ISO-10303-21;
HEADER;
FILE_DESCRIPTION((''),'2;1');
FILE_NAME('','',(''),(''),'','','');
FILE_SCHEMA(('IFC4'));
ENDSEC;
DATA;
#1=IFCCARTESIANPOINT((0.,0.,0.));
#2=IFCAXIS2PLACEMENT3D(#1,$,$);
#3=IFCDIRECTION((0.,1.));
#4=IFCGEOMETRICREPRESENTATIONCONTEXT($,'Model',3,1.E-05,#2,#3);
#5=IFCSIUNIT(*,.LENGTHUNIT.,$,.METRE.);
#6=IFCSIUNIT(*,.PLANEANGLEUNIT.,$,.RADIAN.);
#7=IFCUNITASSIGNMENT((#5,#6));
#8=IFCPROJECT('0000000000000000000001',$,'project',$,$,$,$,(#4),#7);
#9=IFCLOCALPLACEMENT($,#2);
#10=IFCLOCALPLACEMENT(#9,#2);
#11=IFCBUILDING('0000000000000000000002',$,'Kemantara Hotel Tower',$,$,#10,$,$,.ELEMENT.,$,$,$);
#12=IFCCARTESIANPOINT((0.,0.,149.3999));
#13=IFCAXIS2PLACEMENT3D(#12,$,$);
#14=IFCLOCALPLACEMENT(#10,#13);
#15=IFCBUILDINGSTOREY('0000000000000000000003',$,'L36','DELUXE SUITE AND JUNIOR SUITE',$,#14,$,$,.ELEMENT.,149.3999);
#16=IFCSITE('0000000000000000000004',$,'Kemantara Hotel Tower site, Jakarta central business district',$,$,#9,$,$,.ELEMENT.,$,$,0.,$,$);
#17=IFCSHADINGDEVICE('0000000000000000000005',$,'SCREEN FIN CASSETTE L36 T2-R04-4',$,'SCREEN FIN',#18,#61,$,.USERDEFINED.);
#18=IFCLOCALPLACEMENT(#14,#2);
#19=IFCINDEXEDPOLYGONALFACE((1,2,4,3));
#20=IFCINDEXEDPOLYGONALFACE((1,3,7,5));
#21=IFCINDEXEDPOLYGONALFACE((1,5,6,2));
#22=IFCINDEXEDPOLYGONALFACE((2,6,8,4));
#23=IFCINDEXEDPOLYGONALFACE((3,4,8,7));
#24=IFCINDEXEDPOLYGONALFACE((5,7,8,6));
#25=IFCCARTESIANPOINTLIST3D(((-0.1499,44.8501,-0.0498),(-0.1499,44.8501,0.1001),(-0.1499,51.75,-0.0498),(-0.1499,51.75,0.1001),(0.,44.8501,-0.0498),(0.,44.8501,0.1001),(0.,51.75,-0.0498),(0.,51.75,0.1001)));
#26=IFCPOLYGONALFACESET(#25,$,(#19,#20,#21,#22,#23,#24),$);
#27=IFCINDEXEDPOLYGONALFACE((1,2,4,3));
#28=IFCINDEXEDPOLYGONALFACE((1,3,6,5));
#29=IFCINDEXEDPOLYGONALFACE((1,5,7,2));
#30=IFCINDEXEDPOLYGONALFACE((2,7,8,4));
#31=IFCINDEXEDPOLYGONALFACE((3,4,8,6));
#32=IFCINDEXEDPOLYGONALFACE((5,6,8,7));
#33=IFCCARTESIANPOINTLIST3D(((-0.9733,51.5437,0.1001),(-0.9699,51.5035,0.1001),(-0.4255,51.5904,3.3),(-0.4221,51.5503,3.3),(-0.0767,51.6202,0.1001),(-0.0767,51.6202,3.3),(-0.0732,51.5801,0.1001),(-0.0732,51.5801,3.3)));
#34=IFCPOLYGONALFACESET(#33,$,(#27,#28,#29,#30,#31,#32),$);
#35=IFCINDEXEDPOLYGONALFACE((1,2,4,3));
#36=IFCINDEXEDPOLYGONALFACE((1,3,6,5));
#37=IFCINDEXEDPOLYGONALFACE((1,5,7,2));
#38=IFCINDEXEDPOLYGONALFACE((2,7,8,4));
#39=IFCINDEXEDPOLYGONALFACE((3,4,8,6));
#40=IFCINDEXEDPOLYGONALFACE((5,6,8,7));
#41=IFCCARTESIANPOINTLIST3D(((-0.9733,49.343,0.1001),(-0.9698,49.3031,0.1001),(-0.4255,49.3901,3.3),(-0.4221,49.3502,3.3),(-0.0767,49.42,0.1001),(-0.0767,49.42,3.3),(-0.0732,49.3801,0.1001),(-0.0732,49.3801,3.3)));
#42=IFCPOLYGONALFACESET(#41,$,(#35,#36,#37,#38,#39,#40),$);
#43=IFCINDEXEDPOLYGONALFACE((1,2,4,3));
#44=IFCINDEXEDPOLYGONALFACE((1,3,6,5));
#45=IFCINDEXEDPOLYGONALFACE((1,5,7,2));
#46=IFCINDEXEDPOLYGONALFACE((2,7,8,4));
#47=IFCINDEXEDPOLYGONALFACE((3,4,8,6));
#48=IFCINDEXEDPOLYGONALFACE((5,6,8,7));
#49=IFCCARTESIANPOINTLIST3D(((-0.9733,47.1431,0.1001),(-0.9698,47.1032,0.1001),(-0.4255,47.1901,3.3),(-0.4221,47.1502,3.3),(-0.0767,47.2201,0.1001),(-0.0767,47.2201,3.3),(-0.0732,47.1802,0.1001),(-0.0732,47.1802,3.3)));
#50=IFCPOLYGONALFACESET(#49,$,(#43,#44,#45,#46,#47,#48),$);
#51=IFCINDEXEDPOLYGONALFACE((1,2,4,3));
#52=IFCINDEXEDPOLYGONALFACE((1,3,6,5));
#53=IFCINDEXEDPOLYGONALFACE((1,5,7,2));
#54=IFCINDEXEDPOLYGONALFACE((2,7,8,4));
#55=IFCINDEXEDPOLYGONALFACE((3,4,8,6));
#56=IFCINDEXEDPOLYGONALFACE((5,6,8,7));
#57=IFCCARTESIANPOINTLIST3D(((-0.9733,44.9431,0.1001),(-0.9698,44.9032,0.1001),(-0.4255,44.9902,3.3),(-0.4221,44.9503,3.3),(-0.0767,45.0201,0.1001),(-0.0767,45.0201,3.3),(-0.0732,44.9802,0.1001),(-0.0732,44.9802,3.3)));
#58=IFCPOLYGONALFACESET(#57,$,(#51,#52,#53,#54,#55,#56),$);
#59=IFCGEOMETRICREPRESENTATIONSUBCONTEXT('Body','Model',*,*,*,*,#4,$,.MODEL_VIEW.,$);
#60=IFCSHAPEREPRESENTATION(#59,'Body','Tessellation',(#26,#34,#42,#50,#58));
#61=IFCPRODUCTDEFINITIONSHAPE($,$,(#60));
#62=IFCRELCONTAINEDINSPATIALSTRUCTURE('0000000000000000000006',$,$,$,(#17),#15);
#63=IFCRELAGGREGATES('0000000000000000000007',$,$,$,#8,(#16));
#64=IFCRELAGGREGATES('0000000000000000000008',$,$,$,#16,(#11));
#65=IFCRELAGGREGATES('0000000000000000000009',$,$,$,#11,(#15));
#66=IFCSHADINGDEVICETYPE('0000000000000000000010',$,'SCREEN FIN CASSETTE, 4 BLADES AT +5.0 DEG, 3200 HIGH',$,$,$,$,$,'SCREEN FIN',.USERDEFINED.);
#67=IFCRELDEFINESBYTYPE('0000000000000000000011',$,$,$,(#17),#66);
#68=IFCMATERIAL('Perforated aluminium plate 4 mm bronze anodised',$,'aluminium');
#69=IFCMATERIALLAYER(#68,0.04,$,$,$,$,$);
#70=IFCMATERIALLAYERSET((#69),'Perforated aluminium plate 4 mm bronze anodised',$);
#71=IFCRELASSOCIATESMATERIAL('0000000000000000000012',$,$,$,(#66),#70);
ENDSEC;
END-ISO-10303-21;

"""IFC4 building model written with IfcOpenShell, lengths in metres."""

from ifc_helpers import new_model, si_unit, direction, frame, origin, origin_2d, place, context, subcontext, project, spatial, polyline, rectangle, outline, extrude, source, transform, mapped, material, layer, layer_set, type_object, element, save


model = new_model("IFC4")

# Units and contexts
model_context = context("Model", 3, precision=1e-05, world=origin(), true_north=direction((0.0, 1.0)))
body_context = subcontext(model_context, "Body", "Model", "MODEL_VIEW")
ifc_project = project(units=[si_unit("LENGTHUNIT", "METRE"), si_unit("PLANEANGLEUNIT", "RADIAN")], contexts=[model_context])

# Site, building, storey
site_placement = place(None, origin())
site = spatial("IfcSite", under=ifc_project, at=site_placement, Name="Kemantara Hotel Tower site, Jakarta central business district", CompositionType="ELEMENT", RefElevation=0.0)
building_placement = place(site_placement, origin())
building = spatial("IfcBuilding", under=site, at=building_placement, Name="Kemantara Hotel Tower", CompositionType="ELEMENT")
storey_placement = place(building_placement, frame((0.0, 0.0, 149.3999)))
storey = spatial("IfcBuildingStorey", under=building, at=storey_placement, Name="L36", Description="DELUXE SUITE AND JUNIOR SUITE", CompositionType="ELEMENT", Elevation=149.3999)

# Shading device
ifc_material_1 = material(Name="Perforated aluminium plate 4 mm bronze anodised", Category="aluminium")
ifc_layer_1 = layer(ifc_material_1, 0.04)
ifc_layer_set_1 = layer_set([ifc_layer_1], Name="Perforated aluminium plate 4 mm bronze anodised")
shading_device_type_1 = type_object("IfcShadingDeviceType", Name="SCREEN FIN CASSETTE, 4 BLADES AT +5.0 DEG, 3200 HIGH", ElementType="SCREEN FIN", PredefinedType="USERDEFINED", material=ifc_layer_set_1)
shared_shape_1 = source(origin(), body_context, "Body", "SweptSolid", [
    extrude(rectangle(XDim=6.8999, YDim=0.1499, at=origin_2d()), frame((3.3, -0.075, -0.1499), z_axis=(0.0, 0.0, 1.0), x_axis=(1.0, 0.0, 0.0)), (0.0, 0.0, 1.0), 0.1499),
    extrude(outline(polyline([(0.0, 0.0), (0.8999, 0.0), (0.3501, 3.2), (0.0, 3.2), (0.0, 0.0)])), frame((0.02, -0.0732, 0.0), z_axis=(-0.996376, -0.085056, 0.0), x_axis=(0.085056, -0.996376, 0.0)), (0.0, 0.0, 1.0), 0.0403),
    extrude(outline(polyline([(0.0, 0.0), (0.8999, 0.0), (0.3501, 3.2), (0.0, 3.2), (0.0, 0.0)])), frame((2.22, -0.0732, 0.0), z_axis=(-0.996332, -0.085575, 0.0), x_axis=(0.085575, -0.996332, 0.0)), (0.0, 0.0, 1.0), 0.04),
    extrude(outline(polyline([(0.0, 0.0), (0.8999, 0.0), (0.3501, 3.2), (0.0, 3.2), (0.0, 0.0)])), frame((4.4199, -0.0732, 0.0), z_axis=(-0.996332, -0.085575, 0.0), x_axis=(0.085575, -0.996332, 0.0)), (0.0, 0.0, 1.0), 0.04),
    extrude(outline(polyline([(0.0, 0.0), (0.8999, 0.0), (0.3501, 3.2), (0.0, 3.2), (0.0, 0.0)])), frame((6.6199, -0.0732, 0.0), z_axis=(-0.996332, -0.085575, 0.0), x_axis=(0.085575, -0.996332, 0.0)), (0.0, 0.0, 1.0), 0.04),
])
shading_device_1_placement = place(storey_placement, frame((0.0, 51.6001, 0.1001), z_axis=(0.0, 0.0, 1.0), x_axis=(0.0, -1.0, 0.0)))
element("IfcShadingDevice", 1, at=shading_device_1_placement, inside=storey, type_object=shading_device_type_1, Name="SCREEN FIN CASSETTE L36 T2-R04-4", ObjectType="SCREEN FIN", PredefinedType="USERDEFINED", context=body_context, shape_type="MappedRepresentation", body=[
    mapped(shared_shape_1, transform((0.0, 0.0, 0.0))),
])

save(model, "model.ifc")
